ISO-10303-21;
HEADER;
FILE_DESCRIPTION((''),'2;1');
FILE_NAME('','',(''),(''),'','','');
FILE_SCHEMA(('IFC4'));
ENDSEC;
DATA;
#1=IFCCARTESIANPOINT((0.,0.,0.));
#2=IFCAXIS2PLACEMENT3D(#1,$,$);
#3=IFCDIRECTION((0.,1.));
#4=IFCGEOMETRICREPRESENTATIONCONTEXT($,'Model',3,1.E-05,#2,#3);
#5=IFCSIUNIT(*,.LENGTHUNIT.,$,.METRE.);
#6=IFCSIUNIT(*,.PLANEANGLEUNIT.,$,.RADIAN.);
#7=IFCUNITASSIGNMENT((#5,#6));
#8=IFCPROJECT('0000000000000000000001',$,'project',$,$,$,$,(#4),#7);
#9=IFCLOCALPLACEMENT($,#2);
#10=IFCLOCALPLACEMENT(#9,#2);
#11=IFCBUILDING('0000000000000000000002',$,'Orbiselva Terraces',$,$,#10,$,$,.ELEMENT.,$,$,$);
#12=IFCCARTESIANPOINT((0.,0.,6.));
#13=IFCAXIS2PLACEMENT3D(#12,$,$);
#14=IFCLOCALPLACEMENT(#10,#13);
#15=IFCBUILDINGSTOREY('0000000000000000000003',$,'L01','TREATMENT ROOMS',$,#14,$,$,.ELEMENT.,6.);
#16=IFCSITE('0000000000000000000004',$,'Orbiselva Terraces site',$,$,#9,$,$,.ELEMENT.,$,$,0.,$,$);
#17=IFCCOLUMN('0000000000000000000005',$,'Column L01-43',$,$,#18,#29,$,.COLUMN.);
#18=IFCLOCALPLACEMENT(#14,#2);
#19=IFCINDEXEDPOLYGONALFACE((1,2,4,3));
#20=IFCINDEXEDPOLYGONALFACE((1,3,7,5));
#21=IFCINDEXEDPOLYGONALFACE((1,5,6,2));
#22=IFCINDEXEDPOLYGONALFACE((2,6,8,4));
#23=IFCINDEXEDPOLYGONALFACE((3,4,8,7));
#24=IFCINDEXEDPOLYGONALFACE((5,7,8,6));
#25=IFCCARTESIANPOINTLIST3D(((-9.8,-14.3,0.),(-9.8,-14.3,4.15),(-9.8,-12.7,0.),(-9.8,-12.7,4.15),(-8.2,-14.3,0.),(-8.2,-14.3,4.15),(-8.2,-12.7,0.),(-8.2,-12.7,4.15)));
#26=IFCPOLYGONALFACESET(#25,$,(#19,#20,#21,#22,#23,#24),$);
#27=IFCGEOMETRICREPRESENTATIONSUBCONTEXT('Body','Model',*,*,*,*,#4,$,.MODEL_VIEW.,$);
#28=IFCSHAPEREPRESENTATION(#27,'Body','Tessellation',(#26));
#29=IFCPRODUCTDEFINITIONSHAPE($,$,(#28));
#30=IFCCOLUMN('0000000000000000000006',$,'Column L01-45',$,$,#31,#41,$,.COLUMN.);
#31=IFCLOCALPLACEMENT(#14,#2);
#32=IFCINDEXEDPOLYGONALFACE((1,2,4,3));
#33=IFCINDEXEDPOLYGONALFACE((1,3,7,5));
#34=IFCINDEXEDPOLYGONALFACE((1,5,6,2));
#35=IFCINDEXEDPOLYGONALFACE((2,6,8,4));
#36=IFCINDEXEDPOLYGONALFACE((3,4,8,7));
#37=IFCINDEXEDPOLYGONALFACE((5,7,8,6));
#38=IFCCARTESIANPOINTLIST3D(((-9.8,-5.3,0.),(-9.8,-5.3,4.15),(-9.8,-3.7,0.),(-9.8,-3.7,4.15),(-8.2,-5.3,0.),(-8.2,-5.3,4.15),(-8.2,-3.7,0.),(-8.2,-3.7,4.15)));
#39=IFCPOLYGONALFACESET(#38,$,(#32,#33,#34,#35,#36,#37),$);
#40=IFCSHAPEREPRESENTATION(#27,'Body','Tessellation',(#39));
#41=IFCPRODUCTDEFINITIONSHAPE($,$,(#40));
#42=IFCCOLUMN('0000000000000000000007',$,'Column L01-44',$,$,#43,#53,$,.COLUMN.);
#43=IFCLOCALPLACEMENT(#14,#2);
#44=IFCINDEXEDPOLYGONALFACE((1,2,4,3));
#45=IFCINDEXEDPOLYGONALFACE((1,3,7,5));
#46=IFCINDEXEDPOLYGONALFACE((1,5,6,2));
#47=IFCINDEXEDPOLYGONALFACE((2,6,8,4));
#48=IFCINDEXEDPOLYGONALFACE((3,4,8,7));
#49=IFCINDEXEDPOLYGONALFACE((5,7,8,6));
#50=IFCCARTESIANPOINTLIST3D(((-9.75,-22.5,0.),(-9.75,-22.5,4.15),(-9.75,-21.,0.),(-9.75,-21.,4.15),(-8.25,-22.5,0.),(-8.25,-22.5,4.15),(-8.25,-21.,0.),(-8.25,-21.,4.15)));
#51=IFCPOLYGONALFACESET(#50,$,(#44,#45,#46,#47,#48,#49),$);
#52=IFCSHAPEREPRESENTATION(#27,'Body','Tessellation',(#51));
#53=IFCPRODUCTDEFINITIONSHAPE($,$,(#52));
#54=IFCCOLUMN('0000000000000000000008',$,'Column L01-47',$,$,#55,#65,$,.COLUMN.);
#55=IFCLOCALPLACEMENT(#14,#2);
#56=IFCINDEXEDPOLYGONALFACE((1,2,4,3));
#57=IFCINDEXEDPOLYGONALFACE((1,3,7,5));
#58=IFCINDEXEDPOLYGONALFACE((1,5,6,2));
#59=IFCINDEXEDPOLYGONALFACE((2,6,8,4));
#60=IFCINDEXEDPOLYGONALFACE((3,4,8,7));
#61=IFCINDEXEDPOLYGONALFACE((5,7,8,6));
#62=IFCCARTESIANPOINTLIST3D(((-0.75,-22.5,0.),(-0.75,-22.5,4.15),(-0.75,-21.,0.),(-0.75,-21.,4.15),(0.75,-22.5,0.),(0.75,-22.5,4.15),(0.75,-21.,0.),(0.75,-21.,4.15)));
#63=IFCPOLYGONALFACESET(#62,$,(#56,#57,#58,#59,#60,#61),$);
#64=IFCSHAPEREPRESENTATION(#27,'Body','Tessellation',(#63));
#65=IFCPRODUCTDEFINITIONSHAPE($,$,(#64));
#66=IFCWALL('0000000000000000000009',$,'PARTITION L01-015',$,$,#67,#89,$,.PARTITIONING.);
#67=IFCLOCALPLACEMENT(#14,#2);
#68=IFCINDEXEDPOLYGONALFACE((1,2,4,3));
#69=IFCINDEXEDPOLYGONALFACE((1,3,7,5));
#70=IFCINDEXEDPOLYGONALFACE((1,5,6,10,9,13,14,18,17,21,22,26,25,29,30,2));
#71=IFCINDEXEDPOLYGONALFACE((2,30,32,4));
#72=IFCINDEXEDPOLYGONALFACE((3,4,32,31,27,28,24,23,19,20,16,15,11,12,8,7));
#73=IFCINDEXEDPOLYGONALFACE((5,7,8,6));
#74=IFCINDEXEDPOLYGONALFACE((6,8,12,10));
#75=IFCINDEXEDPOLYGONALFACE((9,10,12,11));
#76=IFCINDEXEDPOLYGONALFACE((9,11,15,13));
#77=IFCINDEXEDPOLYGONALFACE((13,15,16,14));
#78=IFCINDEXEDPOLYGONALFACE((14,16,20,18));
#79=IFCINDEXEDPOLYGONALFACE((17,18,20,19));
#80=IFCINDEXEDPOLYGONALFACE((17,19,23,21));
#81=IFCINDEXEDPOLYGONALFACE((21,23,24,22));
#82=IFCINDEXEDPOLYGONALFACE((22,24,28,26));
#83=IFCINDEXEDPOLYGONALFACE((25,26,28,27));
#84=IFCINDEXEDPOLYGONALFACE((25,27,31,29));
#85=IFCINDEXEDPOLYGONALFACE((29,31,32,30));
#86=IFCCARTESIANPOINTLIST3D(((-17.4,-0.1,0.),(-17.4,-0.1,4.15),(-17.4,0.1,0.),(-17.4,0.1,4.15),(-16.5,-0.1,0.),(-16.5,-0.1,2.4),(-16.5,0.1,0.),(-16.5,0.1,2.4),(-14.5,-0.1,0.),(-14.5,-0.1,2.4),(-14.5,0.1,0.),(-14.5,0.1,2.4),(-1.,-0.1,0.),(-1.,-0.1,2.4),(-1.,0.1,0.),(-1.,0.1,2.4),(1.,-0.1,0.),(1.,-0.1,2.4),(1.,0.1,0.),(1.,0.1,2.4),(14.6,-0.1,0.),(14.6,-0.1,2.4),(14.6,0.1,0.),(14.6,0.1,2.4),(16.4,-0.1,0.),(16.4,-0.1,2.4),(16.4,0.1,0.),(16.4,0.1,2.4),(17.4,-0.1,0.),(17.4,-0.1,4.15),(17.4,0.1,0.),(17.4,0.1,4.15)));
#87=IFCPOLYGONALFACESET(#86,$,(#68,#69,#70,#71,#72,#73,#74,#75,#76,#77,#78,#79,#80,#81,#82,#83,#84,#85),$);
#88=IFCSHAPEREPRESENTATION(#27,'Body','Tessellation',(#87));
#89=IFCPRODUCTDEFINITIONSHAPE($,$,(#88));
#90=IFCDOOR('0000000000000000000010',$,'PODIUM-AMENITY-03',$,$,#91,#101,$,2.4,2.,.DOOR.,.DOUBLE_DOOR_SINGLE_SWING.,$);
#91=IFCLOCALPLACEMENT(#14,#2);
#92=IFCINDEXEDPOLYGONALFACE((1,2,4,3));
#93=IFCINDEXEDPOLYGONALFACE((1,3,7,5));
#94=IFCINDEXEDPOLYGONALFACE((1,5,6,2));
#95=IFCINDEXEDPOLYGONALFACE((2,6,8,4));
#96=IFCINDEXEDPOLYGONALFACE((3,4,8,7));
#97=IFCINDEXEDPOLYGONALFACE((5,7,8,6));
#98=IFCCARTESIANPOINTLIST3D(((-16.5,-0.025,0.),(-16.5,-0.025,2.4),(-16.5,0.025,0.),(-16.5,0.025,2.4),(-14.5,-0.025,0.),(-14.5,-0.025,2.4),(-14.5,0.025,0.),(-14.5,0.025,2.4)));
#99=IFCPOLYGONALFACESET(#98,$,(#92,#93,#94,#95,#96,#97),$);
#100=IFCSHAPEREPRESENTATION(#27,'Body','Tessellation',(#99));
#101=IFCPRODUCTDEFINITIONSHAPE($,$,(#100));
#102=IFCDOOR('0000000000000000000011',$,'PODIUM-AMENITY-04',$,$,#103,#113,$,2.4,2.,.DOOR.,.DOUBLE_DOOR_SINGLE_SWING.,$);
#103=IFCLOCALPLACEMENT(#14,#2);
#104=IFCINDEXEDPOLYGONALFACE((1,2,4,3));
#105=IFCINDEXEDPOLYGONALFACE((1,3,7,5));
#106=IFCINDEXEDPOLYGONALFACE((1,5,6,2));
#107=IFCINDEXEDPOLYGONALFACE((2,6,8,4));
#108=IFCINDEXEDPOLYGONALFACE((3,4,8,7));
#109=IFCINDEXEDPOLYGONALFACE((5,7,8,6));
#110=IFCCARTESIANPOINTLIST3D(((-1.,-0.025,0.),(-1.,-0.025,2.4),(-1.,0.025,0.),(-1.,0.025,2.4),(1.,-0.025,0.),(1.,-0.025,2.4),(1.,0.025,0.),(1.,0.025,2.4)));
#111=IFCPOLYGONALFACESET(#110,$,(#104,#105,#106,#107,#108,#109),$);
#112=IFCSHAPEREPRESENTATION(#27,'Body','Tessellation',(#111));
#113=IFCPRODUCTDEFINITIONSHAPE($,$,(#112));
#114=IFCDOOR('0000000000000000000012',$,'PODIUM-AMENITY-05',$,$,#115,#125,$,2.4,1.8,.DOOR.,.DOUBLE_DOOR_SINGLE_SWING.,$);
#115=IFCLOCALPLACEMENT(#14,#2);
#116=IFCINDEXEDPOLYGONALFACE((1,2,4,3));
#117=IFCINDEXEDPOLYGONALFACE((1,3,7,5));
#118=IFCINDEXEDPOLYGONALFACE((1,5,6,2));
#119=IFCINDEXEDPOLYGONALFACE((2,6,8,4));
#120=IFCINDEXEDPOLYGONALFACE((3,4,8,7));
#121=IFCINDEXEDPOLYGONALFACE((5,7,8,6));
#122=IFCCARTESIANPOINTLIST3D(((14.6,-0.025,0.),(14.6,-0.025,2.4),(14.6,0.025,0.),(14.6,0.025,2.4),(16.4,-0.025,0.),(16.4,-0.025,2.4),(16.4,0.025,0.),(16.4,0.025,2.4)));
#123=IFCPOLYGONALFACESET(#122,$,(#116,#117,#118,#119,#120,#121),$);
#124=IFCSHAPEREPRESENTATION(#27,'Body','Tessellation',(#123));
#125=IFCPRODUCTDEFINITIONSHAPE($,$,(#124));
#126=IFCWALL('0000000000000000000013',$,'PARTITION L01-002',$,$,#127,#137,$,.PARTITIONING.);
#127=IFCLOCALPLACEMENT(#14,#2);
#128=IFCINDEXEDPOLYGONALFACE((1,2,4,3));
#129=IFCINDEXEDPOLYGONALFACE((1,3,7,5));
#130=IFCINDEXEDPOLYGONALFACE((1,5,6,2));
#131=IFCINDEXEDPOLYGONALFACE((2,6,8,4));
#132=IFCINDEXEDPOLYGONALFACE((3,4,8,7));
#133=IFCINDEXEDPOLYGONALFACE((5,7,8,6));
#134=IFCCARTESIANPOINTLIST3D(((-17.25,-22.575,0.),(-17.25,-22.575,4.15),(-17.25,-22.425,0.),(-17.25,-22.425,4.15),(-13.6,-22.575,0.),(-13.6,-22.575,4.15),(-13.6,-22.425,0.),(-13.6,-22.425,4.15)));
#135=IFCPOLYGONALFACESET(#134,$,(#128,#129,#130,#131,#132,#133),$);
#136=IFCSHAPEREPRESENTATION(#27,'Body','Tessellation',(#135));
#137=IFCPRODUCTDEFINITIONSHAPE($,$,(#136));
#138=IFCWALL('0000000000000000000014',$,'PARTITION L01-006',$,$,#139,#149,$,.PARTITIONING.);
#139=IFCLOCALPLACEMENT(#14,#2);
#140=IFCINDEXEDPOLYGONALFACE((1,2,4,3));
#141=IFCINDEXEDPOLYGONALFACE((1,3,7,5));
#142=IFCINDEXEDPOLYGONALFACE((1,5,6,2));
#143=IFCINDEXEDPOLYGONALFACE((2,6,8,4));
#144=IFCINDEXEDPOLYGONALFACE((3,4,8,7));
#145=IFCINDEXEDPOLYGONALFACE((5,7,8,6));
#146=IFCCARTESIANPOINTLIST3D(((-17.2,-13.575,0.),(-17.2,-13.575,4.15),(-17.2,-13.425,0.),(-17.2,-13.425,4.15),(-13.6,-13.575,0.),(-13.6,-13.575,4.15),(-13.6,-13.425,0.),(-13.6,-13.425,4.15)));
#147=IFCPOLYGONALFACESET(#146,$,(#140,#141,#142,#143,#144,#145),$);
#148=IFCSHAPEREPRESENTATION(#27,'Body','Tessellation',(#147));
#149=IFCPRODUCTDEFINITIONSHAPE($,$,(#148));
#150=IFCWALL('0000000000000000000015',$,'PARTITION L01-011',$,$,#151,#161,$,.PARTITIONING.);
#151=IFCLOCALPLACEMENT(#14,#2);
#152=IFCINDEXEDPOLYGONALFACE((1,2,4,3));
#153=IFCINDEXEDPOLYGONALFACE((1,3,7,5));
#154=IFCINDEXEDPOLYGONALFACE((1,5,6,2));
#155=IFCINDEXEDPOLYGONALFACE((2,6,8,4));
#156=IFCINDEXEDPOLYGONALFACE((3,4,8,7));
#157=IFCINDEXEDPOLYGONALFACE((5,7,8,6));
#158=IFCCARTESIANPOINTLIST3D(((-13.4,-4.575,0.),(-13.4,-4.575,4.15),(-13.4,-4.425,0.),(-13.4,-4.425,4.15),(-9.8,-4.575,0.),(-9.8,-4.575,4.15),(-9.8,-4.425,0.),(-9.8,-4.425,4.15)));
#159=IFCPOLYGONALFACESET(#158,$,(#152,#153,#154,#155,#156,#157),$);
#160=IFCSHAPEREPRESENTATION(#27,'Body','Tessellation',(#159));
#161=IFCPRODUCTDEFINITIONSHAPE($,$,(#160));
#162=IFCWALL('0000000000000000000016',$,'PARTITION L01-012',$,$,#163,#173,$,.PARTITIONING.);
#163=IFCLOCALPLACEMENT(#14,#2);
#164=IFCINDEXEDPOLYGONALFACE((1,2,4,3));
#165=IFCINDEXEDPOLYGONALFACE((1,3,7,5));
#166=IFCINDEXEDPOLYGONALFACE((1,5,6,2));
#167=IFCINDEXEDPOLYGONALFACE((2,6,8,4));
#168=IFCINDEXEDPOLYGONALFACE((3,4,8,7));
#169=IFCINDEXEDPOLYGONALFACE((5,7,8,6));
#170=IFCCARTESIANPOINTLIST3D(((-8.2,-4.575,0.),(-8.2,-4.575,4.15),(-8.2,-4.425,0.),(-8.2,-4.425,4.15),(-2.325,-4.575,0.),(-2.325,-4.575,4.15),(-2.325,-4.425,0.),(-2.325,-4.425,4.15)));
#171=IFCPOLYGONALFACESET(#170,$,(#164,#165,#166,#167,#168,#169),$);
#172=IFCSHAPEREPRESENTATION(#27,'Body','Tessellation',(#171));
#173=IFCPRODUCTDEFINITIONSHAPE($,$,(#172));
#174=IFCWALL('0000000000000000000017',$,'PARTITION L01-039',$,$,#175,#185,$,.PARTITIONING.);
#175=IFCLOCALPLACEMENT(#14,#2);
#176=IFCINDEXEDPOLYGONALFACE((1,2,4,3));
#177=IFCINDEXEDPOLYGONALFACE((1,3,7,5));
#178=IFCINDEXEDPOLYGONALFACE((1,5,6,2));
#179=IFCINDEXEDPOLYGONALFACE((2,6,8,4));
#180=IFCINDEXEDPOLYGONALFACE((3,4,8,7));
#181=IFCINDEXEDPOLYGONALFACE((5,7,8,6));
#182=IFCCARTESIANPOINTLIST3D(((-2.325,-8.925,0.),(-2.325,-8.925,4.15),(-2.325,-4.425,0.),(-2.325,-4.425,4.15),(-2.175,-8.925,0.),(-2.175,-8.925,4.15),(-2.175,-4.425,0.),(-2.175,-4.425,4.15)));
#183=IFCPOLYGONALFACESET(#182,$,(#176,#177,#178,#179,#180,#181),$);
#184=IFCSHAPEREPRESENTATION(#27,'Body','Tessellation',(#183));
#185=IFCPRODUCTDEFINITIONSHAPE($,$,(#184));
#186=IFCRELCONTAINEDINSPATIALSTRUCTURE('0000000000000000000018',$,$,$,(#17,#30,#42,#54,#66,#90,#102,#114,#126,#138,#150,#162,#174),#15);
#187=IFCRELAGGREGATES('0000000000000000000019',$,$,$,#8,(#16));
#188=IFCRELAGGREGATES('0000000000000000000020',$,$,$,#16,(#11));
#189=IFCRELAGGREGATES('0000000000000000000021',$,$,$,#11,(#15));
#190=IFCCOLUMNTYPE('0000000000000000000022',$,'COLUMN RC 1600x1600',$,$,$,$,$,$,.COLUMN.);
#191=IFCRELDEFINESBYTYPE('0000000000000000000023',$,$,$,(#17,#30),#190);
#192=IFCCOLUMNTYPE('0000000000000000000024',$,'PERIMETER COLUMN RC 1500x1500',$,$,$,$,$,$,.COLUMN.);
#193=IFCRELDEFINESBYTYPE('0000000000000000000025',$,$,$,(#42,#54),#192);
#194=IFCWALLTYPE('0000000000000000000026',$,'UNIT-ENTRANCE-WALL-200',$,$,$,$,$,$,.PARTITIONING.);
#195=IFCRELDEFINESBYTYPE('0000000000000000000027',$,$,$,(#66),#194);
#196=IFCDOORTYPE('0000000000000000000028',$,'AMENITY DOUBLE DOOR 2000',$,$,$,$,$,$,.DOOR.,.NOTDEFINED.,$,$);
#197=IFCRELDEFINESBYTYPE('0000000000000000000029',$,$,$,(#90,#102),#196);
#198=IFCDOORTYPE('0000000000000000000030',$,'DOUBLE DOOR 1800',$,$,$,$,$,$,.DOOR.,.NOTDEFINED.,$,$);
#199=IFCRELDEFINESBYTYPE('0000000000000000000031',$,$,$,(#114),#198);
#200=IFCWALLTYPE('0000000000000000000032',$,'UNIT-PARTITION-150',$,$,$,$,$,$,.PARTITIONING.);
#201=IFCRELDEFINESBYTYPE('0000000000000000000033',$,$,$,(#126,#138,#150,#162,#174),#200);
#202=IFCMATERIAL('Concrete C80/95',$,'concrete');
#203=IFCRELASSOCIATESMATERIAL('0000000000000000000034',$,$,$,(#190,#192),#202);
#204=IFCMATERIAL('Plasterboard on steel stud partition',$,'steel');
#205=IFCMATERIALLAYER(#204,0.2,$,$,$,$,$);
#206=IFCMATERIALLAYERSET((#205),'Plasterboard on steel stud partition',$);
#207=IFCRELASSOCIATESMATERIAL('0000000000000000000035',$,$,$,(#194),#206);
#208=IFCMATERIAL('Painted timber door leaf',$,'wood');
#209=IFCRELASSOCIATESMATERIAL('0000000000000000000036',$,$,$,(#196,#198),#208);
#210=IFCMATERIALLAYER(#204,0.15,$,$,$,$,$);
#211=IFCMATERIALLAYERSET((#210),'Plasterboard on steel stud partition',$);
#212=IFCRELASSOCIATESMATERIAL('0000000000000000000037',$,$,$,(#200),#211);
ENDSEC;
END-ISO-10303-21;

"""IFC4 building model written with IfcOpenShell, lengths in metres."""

from ifc_helpers import new_model, si_unit, direction, frame, frame_2d, origin, origin_2d, place, context, subcontext, project, spatial, rectangle, extrude, material, layer, layer_set, material_profile, profile_set, type_object, element, fill, save


model = new_model("IFC4")

# Units and contexts
model_context = context("Model", 3, precision=1e-05, world=origin(), true_north=direction((0.0, 1.0)))
body_context = subcontext(model_context, "Body", "Model", "MODEL_VIEW")
ifc_project = project(units=[si_unit("LENGTHUNIT", "METRE"), si_unit("PLANEANGLEUNIT", "RADIAN")], contexts=[model_context])

# Site, building, storey
site_placement = place(None, origin())
site = spatial("IfcSite", under=ifc_project, at=site_placement, Name="Orbiselva Terraces site", CompositionType="ELEMENT", RefElevation=0.0)
building_placement = place(site_placement, origin())
building = spatial("IfcBuilding", under=site, at=building_placement, Name="Orbiselva Terraces", CompositionType="ELEMENT")
storey_placement = place(building_placement, frame((0.0, 0.0, 6.0)))
storey = spatial("IfcBuildingStorey", under=building, at=storey_placement, Name="L01", Description="TREATMENT ROOMS", CompositionType="ELEMENT", Elevation=6.0)

# Columns
ifc_material_1 = material(Name="Concrete C80/95", Category="concrete")
ifc_material_profile_1 = material_profile(ifc_material_1, rectangle(XDim=1.6, YDim=1.6, at=origin_2d()), Name="RC 1600x1600")
ifc_profile_set_1 = profile_set([ifc_material_profile_1], Name="Concrete C80/95")
column_type_1 = type_object("IfcColumnType", Name="COLUMN RC 1600x1600", PredefinedType="COLUMN", material=ifc_profile_set_1)
for number, where, z_axis, x_axis, name in (
    (1, (-9.0, -13.5, 0.0), (0.0, 0.0, 1.0), (1.0, 0.0, 0.0), "Column L01-43"),
    (2, (-9.0, -4.5, 0.0), (0.0, 0.0, 1.0), (1.0, 0.0, 0.0), "Column L01-45"),
):
    element("IfcColumn", number, at=place(storey_placement, frame(where, z_axis=z_axis, x_axis=x_axis)), inside=storey, type_object=column_type_1, Name=name, PredefinedType="COLUMN", context=body_context, shape_type="SweptSolid", body=[
        extrude(rectangle(XDim=1.6, YDim=1.6, at=origin_2d()), origin(), (0.0, 0.0, 1.0), 4.15),
    ])
ifc_material_profile_2 = material_profile(ifc_material_1, rectangle(XDim=1.5, YDim=1.5, at=origin_2d()), Name="RC 1500x1500")
ifc_profile_set_2 = profile_set([ifc_material_profile_2], Name="Concrete C80/95")
column_type_2 = type_object("IfcColumnType", Name="PERIMETER COLUMN RC 1500x1500", PredefinedType="COLUMN", material=ifc_profile_set_2)
for number, where, z_axis, x_axis, name in (
    (3, (-9.0, -21.75, 0.0), (0.0, 0.0, 1.0), (1.0, 0.0, 0.0), "Column L01-44"),
    (4, (0.0, -21.75, 0.0), (0.0, 0.0, 1.0), (1.0, 0.0, 0.0), "Column L01-47"),
):
    element("IfcColumn", number, at=place(storey_placement, frame(where, z_axis=z_axis, x_axis=x_axis)), inside=storey, type_object=column_type_2, Name=name, PredefinedType="COLUMN", context=body_context, shape_type="SweptSolid", body=[
        extrude(rectangle(XDim=1.5, YDim=1.5, at=origin_2d()), origin(), (0.0, 0.0, 1.0), 4.15),
    ])

# Wall, openings, doors
ifc_material_2 = material(Name="Plasterboard on steel stud partition", Category="steel")
ifc_layer_1 = layer(ifc_material_2, 0.2)
ifc_layer_set_1 = layer_set([ifc_layer_1], Name="Plasterboard on steel stud partition")
wall_type_1 = type_object("IfcWallType", Name="UNIT-ENTRANCE-WALL-200", PredefinedType="PARTITIONING", material=ifc_layer_set_1)
wall_1_placement = place(storey_placement, frame((-17.4, 0.0, 0.0), z_axis=(0.0, 0.0, 1.0), x_axis=(1.0, 0.0, 0.0)))
wall_1 = element("IfcWall", 5, at=wall_1_placement, inside=storey, type_object=wall_type_1, Name="PARTITION L01-015", PredefinedType="PARTITIONING", context=body_context, shape_type="SweptSolid", body=[
    extrude(rectangle(XDim=34.8, YDim=0.2, at=frame_2d((17.4, 0.0))), origin(), (0.0, 0.0, 1.0), 4.15),
])
opening_1_placement = place(wall_1_placement, frame((0.9, 0.0, 0.0)))
opening_1 = element("IfcOpeningElement", 6, at=opening_1_placement, cuts=wall_1, PredefinedType="OPENING", context=body_context, shape_type="SweptSolid", body=[
    extrude(rectangle(XDim=2.0, YDim=2.4, at=frame_2d((1.0, 1.2))), frame((0.0, 0.11, 0.0), z_axis=(0.0, -1.0, 0.0), x_axis=(1.0, 0.0, 0.0)), (0.0, 0.0, 1.0), 0.22),
])
opening_2_placement = place(wall_1_placement, frame((16.4, 0.0, 0.0)))
opening_2 = element("IfcOpeningElement", 7, at=opening_2_placement, cuts=wall_1, PredefinedType="OPENING", context=body_context, shape_type="SweptSolid", body=[
    extrude(rectangle(XDim=2.0, YDim=2.4, at=frame_2d((1.0, 1.2))), frame((0.0, 0.11, 0.0), z_axis=(0.0, -1.0, 0.0), x_axis=(1.0, 0.0, 0.0)), (0.0, 0.0, 1.0), 0.22),
])
opening_3_placement = place(wall_1_placement, frame((32.0, 0.0, 0.0)))
opening_3 = element("IfcOpeningElement", 8, at=opening_3_placement, cuts=wall_1, PredefinedType="OPENING", context=body_context, shape_type="SweptSolid", body=[
    extrude(rectangle(XDim=1.8, YDim=2.4, at=frame_2d((0.9, 1.2))), frame((0.0, 0.11, 0.0), z_axis=(0.0, -1.0, 0.0), x_axis=(1.0, 0.0, 0.0)), (0.0, 0.0, 1.0), 0.22),
])
ifc_material_3 = material(Name="Painted timber door leaf", Category="wood")
door_type_1 = type_object("IfcDoorType", Name="AMENITY DOUBLE DOOR 2000", OperationType="NOTDEFINED", PredefinedType="DOOR", material=ifc_material_3)
door_1_placement = place(opening_1_placement, origin())
door_1 = element("IfcDoor", 9, at=door_1_placement, inside=storey, type_object=door_type_1, Name="PODIUM-AMENITY-03", OperationType="DOUBLE_DOOR_SINGLE_SWING", OverallHeight=2.4, OverallWidth=2.0, PredefinedType="DOOR", context=body_context, shape_type="SweptSolid", body=[
    extrude(rectangle(XDim=2.0, YDim=2.4, at=frame_2d((1.0, 1.2))), frame((0.0, 0.025, 0.0), z_axis=(0.0, -1.0, 0.0), x_axis=(1.0, 0.0, 0.0)), (0.0, 0.0, 1.0), 0.05),
])
fill(opening_1, door_1)
door_2_placement = place(opening_2_placement, origin())
door_2 = element("IfcDoor", 10, at=door_2_placement, inside=storey, type_object=door_type_1, Name="PODIUM-AMENITY-04", OperationType="DOUBLE_DOOR_SINGLE_SWING", OverallHeight=2.4, OverallWidth=2.0, PredefinedType="DOOR", context=body_context, shape_type="SweptSolid", body=[
    extrude(rectangle(XDim=2.0, YDim=2.4, at=frame_2d((1.0, 1.2))), frame((0.0, 0.025, 0.0), z_axis=(0.0, -1.0, 0.0), x_axis=(1.0, 0.0, 0.0)), (0.0, 0.0, 1.0), 0.05),
])
fill(opening_2, door_2)
door_type_2 = type_object("IfcDoorType", Name="DOUBLE DOOR 1800", OperationType="NOTDEFINED", PredefinedType="DOOR", material=ifc_material_3)
door_3_placement = place(opening_3_placement, origin())
door_3 = element("IfcDoor", 11, at=door_3_placement, inside=storey, type_object=door_type_2, Name="PODIUM-AMENITY-05", OperationType="DOUBLE_DOOR_SINGLE_SWING", OverallHeight=2.4, OverallWidth=1.8, PredefinedType="DOOR", context=body_context, shape_type="SweptSolid", body=[
    extrude(rectangle(XDim=1.8, YDim=2.4, at=frame_2d((0.9, 1.2))), frame((0.0, 0.025, 0.0), z_axis=(0.0, -1.0, 0.0), x_axis=(1.0, 0.0, 0.0)), (0.0, 0.0, 1.0), 0.05),
])
fill(opening_3, door_3)

# Walls
ifc_layer_2 = layer(ifc_material_2, 0.15)
ifc_layer_set_2 = layer_set([ifc_layer_2], Name="Plasterboard on steel stud partition")
wall_type_2 = type_object("IfcWallType", Name="UNIT-PARTITION-150", PredefinedType="PARTITIONING", material=ifc_layer_set_2)
wall_2_placement = place(storey_placement, frame((-17.25, -22.5, 0.0), z_axis=(0.0, 0.0, 1.0), x_axis=(1.0, 0.0, 0.0)))
element("IfcWall", 12, at=wall_2_placement, inside=storey, type_object=wall_type_2, Name="PARTITION L01-002", PredefinedType="PARTITIONING", context=body_context, shape_type="SweptSolid", body=[
    extrude(rectangle(XDim=3.65, YDim=0.15, at=frame_2d((1.825, 0.0))), origin(), (0.0, 0.0, 1.0), 4.15),
])
for number, where, z_axis, x_axis, name in (
    (13, (-17.2, -13.5, 0.0), (0.0, 0.0, 1.0), (1.0, 0.0, 0.0), "PARTITION L01-006"),
    (14, (-13.4, -4.5, 0.0), (0.0, 0.0, 1.0), (1.0, 0.0, 0.0), "PARTITION L01-011"),
):
    element("IfcWall", number, at=place(storey_placement, frame(where, z_axis=z_axis, x_axis=x_axis)), inside=storey, type_object=wall_type_2, Name=name, PredefinedType="PARTITIONING", context=body_context, shape_type="SweptSolid", body=[
        extrude(rectangle(XDim=3.6, YDim=0.15, at=frame_2d((1.8, 0.0))), origin(), (0.0, 0.0, 1.0), 4.15),
    ])
wall_3_placement = place(storey_placement, frame((-8.2, -4.5, 0.0), z_axis=(0.0, 0.0, 1.0), x_axis=(1.0, 0.0, 0.0)))
element("IfcWall", 15, at=wall_3_placement, inside=storey, type_object=wall_type_2, Name="PARTITION L01-012", PredefinedType="PARTITIONING", context=body_context, shape_type="SweptSolid", body=[
    extrude(rectangle(XDim=5.875, YDim=0.15, at=frame_2d((2.9375, 0.0))), origin(), (0.0, 0.0, 1.0), 4.15),
])
wall_4_placement = place(storey_placement, frame((-2.25, -8.925, 0.0), z_axis=(0.0, 0.0, 1.0), x_axis=(0.0, 1.0, 0.0)))
element("IfcWall", 16, at=wall_4_placement, inside=storey, type_object=wall_type_2, Name="PARTITION L01-039", PredefinedType="PARTITIONING", context=body_context, shape_type="SweptSolid", body=[
    extrude(rectangle(XDim=4.5, YDim=0.15, at=frame_2d((2.25, 0.0))), origin(), (0.0, 0.0, 1.0), 4.15),
])

save(model, "model.ifc")
